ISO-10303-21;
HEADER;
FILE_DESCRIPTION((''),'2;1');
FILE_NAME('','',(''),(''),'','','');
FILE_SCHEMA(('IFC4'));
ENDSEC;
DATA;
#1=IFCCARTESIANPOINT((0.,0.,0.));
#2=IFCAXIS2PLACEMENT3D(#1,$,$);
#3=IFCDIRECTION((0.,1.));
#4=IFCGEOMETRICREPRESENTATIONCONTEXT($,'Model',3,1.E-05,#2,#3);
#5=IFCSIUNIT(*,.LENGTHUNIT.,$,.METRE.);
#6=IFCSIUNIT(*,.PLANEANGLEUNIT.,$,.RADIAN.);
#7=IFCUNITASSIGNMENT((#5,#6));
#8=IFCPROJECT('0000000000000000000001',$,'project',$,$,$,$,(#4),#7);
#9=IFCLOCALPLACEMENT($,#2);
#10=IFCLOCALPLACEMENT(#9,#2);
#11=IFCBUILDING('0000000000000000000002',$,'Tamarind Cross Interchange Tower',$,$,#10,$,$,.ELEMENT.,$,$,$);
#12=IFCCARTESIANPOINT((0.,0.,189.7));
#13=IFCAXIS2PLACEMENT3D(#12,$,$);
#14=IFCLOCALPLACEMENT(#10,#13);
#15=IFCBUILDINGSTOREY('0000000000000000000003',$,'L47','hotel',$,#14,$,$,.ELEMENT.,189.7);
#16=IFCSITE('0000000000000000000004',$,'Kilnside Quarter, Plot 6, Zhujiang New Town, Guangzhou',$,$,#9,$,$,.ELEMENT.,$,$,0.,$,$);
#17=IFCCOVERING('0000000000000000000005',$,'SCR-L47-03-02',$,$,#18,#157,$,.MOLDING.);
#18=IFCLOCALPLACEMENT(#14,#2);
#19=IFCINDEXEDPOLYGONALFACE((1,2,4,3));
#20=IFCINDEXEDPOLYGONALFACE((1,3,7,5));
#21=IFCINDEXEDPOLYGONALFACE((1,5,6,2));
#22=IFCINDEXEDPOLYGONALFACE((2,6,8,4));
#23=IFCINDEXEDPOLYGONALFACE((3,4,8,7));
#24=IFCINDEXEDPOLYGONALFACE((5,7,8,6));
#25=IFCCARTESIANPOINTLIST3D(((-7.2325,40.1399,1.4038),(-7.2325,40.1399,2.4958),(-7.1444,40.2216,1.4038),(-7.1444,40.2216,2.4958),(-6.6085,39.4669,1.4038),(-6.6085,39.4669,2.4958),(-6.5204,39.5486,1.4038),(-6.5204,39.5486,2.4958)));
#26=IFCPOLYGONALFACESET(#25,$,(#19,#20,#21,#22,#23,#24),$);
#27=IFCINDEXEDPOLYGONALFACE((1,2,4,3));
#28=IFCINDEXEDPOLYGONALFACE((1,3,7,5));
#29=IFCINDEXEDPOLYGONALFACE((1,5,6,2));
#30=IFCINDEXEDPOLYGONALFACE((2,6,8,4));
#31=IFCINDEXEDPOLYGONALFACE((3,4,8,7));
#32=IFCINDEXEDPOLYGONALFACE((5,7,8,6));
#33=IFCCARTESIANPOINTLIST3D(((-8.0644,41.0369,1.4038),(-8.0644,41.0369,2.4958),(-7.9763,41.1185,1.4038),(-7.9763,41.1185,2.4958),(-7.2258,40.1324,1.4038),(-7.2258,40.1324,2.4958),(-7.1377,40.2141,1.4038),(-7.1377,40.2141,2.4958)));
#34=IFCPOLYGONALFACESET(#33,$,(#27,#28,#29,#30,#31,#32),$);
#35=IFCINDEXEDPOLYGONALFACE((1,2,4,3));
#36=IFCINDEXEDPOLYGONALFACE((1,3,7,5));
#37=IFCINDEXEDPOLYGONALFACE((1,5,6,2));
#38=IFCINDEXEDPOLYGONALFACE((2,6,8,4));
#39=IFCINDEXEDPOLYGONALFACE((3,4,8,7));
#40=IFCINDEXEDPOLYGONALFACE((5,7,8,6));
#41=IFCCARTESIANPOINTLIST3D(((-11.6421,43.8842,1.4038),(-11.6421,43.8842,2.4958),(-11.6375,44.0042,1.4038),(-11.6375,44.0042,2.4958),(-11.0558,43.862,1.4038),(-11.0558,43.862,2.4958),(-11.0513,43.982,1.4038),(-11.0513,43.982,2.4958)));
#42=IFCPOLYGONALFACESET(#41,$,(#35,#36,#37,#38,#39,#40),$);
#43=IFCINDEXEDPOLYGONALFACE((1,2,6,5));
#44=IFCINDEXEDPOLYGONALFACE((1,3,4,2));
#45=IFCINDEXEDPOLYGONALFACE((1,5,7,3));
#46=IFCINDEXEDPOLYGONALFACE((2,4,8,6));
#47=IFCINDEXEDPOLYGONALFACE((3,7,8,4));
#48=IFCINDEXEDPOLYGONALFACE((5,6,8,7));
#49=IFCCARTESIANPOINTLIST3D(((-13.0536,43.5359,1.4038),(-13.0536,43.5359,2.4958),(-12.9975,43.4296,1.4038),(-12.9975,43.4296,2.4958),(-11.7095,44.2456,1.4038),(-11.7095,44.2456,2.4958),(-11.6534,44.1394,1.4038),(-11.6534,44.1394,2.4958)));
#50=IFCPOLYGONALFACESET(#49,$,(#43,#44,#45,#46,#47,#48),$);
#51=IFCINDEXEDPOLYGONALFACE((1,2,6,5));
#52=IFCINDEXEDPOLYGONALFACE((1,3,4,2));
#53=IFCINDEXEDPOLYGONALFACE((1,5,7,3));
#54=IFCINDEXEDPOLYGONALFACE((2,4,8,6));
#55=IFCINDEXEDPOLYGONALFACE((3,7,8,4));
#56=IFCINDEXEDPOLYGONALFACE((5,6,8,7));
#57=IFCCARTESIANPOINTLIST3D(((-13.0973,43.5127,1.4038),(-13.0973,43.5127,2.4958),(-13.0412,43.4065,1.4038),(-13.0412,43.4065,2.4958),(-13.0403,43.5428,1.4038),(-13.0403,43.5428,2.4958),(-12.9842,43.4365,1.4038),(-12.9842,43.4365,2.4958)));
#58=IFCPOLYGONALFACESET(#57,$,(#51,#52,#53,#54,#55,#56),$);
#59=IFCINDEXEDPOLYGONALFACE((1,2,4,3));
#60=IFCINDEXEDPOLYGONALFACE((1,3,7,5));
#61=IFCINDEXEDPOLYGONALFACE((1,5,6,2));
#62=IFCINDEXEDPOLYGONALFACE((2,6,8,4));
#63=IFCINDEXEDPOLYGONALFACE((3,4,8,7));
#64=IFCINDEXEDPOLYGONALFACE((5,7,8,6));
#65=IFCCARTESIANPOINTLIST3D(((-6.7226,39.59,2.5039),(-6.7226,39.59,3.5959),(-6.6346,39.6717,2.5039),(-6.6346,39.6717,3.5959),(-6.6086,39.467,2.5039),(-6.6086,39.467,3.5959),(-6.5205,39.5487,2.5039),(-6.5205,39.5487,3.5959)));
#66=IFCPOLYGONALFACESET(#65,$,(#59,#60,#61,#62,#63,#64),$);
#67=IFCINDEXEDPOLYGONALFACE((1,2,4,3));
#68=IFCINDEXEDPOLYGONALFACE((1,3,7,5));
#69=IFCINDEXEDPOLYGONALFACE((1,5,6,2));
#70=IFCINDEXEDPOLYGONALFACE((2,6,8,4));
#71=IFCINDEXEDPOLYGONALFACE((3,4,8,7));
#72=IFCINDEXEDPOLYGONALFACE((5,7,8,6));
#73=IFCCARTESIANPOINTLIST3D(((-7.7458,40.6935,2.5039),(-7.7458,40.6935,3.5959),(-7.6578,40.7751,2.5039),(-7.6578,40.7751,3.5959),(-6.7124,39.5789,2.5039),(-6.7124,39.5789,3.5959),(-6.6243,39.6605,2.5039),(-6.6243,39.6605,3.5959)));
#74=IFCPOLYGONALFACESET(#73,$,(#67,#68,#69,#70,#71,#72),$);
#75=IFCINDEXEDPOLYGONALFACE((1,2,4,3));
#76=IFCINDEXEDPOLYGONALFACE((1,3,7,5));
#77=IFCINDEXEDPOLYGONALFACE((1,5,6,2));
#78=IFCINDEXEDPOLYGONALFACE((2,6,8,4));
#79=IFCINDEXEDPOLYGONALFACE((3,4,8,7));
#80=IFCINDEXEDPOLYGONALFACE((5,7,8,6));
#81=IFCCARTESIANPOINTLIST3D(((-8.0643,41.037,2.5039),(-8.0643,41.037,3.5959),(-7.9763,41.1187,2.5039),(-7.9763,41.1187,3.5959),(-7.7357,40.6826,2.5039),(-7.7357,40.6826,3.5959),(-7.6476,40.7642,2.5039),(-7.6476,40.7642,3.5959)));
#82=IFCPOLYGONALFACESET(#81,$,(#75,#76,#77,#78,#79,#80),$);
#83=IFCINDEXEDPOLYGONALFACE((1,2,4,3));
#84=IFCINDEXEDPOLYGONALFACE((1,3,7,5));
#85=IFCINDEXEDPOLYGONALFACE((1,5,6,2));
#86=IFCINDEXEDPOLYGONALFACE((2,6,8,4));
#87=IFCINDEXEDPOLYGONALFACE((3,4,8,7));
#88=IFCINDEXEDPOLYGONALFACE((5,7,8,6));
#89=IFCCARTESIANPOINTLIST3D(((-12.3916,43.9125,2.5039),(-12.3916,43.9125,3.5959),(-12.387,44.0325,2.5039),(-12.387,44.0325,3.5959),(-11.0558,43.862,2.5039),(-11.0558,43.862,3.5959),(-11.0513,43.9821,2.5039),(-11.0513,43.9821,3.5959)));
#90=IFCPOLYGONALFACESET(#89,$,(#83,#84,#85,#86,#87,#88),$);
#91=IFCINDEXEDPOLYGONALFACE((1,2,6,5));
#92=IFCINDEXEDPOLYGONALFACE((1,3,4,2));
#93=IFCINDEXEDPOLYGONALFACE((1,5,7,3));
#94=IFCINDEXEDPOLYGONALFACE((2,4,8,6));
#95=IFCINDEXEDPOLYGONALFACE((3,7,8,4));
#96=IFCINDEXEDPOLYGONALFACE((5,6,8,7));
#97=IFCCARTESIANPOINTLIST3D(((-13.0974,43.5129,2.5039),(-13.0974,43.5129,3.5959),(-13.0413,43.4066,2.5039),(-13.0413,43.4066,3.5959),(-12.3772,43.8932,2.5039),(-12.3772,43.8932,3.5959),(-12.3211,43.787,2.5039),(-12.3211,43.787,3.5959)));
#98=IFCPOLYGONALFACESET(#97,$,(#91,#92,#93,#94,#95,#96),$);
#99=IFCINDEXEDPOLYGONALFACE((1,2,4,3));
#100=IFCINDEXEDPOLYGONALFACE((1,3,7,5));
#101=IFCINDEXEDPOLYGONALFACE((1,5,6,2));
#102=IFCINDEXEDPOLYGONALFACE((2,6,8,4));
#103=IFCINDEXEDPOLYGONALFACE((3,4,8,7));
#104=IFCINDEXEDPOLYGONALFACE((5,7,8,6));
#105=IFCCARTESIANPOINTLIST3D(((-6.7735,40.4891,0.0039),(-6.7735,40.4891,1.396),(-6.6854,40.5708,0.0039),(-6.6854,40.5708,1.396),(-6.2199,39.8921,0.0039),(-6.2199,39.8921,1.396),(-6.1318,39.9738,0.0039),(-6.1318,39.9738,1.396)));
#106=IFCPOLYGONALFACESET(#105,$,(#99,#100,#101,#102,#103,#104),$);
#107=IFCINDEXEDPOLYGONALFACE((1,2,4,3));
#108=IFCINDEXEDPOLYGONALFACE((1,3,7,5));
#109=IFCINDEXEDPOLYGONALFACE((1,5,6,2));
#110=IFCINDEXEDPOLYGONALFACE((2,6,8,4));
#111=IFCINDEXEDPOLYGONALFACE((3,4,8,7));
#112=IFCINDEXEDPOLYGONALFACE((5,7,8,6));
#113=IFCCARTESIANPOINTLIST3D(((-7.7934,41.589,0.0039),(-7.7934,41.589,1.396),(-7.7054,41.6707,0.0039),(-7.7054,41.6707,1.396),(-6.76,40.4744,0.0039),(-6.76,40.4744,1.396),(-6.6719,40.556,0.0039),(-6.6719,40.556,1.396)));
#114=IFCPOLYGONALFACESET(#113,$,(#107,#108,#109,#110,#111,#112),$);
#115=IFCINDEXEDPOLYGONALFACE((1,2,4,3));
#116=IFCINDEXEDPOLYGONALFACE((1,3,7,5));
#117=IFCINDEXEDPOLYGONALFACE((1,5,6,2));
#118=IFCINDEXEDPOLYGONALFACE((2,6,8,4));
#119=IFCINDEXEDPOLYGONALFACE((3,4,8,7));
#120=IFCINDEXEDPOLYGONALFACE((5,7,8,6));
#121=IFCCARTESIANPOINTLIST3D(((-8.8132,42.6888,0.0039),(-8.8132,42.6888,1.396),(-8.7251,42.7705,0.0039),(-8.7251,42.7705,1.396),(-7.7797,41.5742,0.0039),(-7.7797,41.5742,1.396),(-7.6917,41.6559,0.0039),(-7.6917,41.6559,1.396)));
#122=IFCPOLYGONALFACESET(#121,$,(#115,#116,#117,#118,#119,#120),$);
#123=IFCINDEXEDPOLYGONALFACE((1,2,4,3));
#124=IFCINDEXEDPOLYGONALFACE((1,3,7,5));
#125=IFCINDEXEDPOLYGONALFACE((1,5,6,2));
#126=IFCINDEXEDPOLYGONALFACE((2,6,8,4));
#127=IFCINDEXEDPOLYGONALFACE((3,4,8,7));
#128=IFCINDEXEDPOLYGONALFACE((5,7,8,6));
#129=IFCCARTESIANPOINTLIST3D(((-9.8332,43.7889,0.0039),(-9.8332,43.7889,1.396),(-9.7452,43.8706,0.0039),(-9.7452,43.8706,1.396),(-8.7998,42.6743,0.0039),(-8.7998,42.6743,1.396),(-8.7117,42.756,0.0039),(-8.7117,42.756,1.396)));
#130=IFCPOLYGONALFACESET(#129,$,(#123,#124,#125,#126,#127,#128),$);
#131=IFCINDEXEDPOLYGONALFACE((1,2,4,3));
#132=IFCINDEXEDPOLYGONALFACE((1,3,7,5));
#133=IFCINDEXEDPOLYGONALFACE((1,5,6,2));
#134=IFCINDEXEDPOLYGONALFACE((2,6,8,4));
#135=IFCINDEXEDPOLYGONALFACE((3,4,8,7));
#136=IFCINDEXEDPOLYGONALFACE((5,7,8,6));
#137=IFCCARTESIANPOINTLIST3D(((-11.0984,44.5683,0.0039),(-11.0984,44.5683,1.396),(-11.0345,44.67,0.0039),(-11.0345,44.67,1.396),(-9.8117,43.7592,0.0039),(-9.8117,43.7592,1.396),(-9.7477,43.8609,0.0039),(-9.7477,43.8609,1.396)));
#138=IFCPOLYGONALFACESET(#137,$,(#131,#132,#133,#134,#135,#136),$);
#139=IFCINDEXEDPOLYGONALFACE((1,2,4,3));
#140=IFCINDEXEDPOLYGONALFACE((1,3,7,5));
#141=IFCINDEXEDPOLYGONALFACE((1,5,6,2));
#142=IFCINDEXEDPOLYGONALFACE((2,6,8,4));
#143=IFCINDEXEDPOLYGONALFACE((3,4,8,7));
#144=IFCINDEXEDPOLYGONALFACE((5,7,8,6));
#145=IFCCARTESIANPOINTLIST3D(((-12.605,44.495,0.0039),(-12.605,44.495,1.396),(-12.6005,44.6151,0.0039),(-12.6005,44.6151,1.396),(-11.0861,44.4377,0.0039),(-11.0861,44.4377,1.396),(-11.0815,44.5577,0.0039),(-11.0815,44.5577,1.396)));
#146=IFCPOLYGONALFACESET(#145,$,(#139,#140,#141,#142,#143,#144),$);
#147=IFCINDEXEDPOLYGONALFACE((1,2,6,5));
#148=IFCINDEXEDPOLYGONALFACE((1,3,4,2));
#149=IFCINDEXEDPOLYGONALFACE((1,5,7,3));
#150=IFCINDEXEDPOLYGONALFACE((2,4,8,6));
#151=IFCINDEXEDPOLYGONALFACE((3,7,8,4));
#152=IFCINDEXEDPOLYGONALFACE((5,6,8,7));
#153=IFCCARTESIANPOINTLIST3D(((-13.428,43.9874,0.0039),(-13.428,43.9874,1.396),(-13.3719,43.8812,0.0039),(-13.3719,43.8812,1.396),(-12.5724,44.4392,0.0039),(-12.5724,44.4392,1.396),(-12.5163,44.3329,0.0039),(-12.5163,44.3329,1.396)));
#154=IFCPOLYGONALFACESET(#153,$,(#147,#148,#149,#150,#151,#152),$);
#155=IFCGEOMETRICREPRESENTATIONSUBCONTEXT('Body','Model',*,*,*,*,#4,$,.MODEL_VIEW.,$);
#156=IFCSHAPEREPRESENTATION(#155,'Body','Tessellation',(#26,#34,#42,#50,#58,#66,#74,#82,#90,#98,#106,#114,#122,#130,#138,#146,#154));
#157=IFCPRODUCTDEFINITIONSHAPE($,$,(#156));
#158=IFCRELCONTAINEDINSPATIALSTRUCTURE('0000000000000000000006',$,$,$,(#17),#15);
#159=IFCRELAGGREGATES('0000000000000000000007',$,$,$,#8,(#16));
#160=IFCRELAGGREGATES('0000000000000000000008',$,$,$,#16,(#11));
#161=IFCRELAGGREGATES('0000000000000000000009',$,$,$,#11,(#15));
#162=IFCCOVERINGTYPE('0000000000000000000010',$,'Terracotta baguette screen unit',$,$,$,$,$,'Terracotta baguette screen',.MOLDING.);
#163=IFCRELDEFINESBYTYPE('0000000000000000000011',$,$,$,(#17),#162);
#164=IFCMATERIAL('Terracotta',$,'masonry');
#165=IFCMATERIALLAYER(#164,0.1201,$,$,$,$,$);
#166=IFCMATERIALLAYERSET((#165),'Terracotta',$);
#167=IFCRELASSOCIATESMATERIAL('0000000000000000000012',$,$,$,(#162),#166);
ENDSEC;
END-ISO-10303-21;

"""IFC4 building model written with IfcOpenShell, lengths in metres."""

from ifc_helpers import new_model, si_unit, direction, frame, origin, origin_2d, place, context, subcontext, project, spatial, rectangle, extrude, material, layer, layer_set, type_object, element, save


model = new_model("IFC4")

# Units and contexts
model_context = context("Model", 3, precision=1e-05, world=origin(), true_north=direction((0.0, 1.0)))
body_context = subcontext(model_context, "Body", "Model", "MODEL_VIEW")
ifc_project = project(units=[si_unit("LENGTHUNIT", "METRE"), si_unit("PLANEANGLEUNIT", "RADIAN")], contexts=[model_context])

# Site, building, storey
site_placement = place(None, origin())
site = spatial("IfcSite", under=ifc_project, at=site_placement, Name="Kilnside Quarter, Plot 6, Zhujiang New Town, Guangzhou", CompositionType="ELEMENT", RefElevation=0.0)
building_placement = place(site_placement, origin())
building = spatial("IfcBuilding", under=site, at=building_placement, Name="Tamarind Cross Interchange Tower", CompositionType="ELEMENT")
storey_placement = place(building_placement, frame((0.0, 0.0, 189.7)))
storey = spatial("IfcBuildingStorey", under=building, at=storey_placement, Name="L47", Description="hotel", CompositionType="ELEMENT", Elevation=189.7)

# Covering
ifc_material_1 = material(Name="Terracotta", Category="masonry")
ifc_layer_1 = layer(ifc_material_1, 0.1201)
ifc_layer_set_1 = layer_set([ifc_layer_1], Name="Terracotta")
covering_type = type_object("IfcCoveringType", Name="Terracotta baguette screen unit", ElementType="Terracotta baguette screen", PredefinedType="MOLDING", material=ifc_layer_set_1)
covering_1_placement = place(storey_placement, origin())
element("IfcCovering", 1, at=covering_1_placement, inside=storey, type_object=covering_type, Name="SCR-L47-03-02", PredefinedType="MOLDING", context=body_context, shape_type="SweptSolid", body=[
    extrude(rectangle(XDim=0.9177, YDim=0.1201, at=origin_2d()), frame((-6.8765, 39.8442, 1.4038), z_axis=(0.0, 0.0, 1.0), x_axis=(-0.679912, 0.733293, 0.0)), (0.0, 0.0, 1.0), 1.092),
    extrude(rectangle(XDim=1.2334, YDim=0.1201, at=origin_2d()), frame((-7.6011, 40.6255, 1.4038), z_axis=(0.0, 0.0, 1.0), x_axis=(-0.679912, 0.733293, 0.0)), (0.0, 0.0, 1.0), 1.092),
    extrude(rectangle(XDim=0.5867, YDim=0.1201, at=origin_2d()), frame((-11.3467, 43.9331, 1.4038), z_axis=(0.0, 0.0, 1.0), x_axis=(-0.999287, 0.037746, 0.0)), (0.0, 0.0, 1.0), 1.092),
    extrude(rectangle(XDim=1.52, YDim=0.1201, at=origin_2d()), frame((-12.3535, 43.8376, 1.4038), z_axis=(0.0, 0.0, 1.0), x_axis=(-0.884281, -0.466955, 0.0)), (0.0, 0.0, 1.0), 1.092),
    extrude(rectangle(XDim=0.0645, YDim=0.1201, at=origin_2d()), frame((-13.0408, 43.4746, 1.4038), z_axis=(0.0, 0.0, 1.0), x_axis=(-0.884281, -0.466955, 0.0)), (0.0, 0.0, 1.0), 1.092),
    extrude(rectangle(XDim=0.1677, YDim=0.1201, at=origin_2d()), frame((-6.6216, 39.5693, 2.5039), z_axis=(0.0, 0.0, 1.0), x_axis=(-0.679912, 0.733293, 0.0)), (0.0, 0.0, 1.0), 1.092),
    extrude(rectangle(XDim=1.52, YDim=0.1201, at=origin_2d()), frame((-7.1851, 40.177, 2.5039), z_axis=(0.0, 0.0, 1.0), x_axis=(-0.679912, 0.733293, 0.0)), (0.0, 0.0, 1.0), 1.092),
    extrude(rectangle(XDim=0.4834, YDim=0.1201, at=origin_2d()), frame((-7.856, 40.9006, 2.5039), z_axis=(0.0, 0.0, 1.0), x_axis=(-0.679912, 0.733293, 0.0)), (0.0, 0.0, 1.0), 1.092),
    extrude(rectangle(XDim=1.3367, YDim=0.1201, at=origin_2d()), frame((-11.7214, 43.9473, 2.5039), z_axis=(0.0, 0.0, 1.0), x_axis=(-0.999287, 0.037746, 0.0)), (0.0, 0.0, 1.0), 1.092),
    extrude(rectangle(XDim=0.8145, YDim=0.1201, at=origin_2d()), frame((-12.7092, 43.6499, 2.5039), z_axis=(0.0, 0.0, 1.0), x_axis=(-0.884281, -0.466955, 0.0)), (0.0, 0.0, 1.0), 1.092),
    extrude(rectangle(XDim=0.8142, YDim=0.1201, at=origin_2d()), frame((-6.4526, 40.2314, 0.0039), z_axis=(0.0, 0.0, 1.0), x_axis=(-0.679912, 0.733293, 0.0)), (0.0, 0.0, 1.0), 1.3921),
    extrude(rectangle(XDim=1.52, YDim=0.1201, at=origin_2d()), frame((-7.2327, 41.0725, 0.0039), z_axis=(0.0, 0.0, 1.0), x_axis=(-0.679912, 0.733293, 0.0)), (0.0, 0.0, 1.0), 1.3921),
    extrude(rectangle(XDim=1.52, YDim=0.1201, at=origin_2d()), frame((-8.2524, 42.1724, 0.0039), z_axis=(0.0, 0.0, 1.0), x_axis=(-0.679912, 0.733293, 0.0)), (0.0, 0.0, 1.0), 1.3921),
    extrude(rectangle(XDim=1.52, YDim=0.1201, at=origin_2d()), frame((-9.2725, 43.2725, 0.0039), z_axis=(0.0, 0.0, 1.0), x_axis=(-0.679912, 0.733293, 0.0)), (0.0, 0.0, 1.0), 1.3921),
    extrude(rectangle(XDim=1.52, YDim=0.1201, at=origin_2d()), frame((-10.4231, 44.2146, 0.0039), z_axis=(0.0, 0.0, 1.0), x_axis=(-0.846535, 0.532333, 0.0)), (0.0, 0.0, 1.0), 1.3921),
    extrude(rectangle(XDim=1.52, YDim=0.1201, at=origin_2d()), frame((-11.8433, 44.5264, 0.0039), z_axis=(0.0, 0.0, 1.0), x_axis=(-0.999287, 0.037746, 0.0)), (0.0, 0.0, 1.0), 1.3921),
    extrude(rectangle(XDim=0.9675, YDim=0.1201, at=origin_2d()), frame((-12.9722, 44.1602, 0.0039), z_axis=(0.0, 0.0, 1.0), x_axis=(-0.884281, -0.466955, 0.0)), (0.0, 0.0, 1.0), 1.3921),
])

save(model, "model.ifc")
